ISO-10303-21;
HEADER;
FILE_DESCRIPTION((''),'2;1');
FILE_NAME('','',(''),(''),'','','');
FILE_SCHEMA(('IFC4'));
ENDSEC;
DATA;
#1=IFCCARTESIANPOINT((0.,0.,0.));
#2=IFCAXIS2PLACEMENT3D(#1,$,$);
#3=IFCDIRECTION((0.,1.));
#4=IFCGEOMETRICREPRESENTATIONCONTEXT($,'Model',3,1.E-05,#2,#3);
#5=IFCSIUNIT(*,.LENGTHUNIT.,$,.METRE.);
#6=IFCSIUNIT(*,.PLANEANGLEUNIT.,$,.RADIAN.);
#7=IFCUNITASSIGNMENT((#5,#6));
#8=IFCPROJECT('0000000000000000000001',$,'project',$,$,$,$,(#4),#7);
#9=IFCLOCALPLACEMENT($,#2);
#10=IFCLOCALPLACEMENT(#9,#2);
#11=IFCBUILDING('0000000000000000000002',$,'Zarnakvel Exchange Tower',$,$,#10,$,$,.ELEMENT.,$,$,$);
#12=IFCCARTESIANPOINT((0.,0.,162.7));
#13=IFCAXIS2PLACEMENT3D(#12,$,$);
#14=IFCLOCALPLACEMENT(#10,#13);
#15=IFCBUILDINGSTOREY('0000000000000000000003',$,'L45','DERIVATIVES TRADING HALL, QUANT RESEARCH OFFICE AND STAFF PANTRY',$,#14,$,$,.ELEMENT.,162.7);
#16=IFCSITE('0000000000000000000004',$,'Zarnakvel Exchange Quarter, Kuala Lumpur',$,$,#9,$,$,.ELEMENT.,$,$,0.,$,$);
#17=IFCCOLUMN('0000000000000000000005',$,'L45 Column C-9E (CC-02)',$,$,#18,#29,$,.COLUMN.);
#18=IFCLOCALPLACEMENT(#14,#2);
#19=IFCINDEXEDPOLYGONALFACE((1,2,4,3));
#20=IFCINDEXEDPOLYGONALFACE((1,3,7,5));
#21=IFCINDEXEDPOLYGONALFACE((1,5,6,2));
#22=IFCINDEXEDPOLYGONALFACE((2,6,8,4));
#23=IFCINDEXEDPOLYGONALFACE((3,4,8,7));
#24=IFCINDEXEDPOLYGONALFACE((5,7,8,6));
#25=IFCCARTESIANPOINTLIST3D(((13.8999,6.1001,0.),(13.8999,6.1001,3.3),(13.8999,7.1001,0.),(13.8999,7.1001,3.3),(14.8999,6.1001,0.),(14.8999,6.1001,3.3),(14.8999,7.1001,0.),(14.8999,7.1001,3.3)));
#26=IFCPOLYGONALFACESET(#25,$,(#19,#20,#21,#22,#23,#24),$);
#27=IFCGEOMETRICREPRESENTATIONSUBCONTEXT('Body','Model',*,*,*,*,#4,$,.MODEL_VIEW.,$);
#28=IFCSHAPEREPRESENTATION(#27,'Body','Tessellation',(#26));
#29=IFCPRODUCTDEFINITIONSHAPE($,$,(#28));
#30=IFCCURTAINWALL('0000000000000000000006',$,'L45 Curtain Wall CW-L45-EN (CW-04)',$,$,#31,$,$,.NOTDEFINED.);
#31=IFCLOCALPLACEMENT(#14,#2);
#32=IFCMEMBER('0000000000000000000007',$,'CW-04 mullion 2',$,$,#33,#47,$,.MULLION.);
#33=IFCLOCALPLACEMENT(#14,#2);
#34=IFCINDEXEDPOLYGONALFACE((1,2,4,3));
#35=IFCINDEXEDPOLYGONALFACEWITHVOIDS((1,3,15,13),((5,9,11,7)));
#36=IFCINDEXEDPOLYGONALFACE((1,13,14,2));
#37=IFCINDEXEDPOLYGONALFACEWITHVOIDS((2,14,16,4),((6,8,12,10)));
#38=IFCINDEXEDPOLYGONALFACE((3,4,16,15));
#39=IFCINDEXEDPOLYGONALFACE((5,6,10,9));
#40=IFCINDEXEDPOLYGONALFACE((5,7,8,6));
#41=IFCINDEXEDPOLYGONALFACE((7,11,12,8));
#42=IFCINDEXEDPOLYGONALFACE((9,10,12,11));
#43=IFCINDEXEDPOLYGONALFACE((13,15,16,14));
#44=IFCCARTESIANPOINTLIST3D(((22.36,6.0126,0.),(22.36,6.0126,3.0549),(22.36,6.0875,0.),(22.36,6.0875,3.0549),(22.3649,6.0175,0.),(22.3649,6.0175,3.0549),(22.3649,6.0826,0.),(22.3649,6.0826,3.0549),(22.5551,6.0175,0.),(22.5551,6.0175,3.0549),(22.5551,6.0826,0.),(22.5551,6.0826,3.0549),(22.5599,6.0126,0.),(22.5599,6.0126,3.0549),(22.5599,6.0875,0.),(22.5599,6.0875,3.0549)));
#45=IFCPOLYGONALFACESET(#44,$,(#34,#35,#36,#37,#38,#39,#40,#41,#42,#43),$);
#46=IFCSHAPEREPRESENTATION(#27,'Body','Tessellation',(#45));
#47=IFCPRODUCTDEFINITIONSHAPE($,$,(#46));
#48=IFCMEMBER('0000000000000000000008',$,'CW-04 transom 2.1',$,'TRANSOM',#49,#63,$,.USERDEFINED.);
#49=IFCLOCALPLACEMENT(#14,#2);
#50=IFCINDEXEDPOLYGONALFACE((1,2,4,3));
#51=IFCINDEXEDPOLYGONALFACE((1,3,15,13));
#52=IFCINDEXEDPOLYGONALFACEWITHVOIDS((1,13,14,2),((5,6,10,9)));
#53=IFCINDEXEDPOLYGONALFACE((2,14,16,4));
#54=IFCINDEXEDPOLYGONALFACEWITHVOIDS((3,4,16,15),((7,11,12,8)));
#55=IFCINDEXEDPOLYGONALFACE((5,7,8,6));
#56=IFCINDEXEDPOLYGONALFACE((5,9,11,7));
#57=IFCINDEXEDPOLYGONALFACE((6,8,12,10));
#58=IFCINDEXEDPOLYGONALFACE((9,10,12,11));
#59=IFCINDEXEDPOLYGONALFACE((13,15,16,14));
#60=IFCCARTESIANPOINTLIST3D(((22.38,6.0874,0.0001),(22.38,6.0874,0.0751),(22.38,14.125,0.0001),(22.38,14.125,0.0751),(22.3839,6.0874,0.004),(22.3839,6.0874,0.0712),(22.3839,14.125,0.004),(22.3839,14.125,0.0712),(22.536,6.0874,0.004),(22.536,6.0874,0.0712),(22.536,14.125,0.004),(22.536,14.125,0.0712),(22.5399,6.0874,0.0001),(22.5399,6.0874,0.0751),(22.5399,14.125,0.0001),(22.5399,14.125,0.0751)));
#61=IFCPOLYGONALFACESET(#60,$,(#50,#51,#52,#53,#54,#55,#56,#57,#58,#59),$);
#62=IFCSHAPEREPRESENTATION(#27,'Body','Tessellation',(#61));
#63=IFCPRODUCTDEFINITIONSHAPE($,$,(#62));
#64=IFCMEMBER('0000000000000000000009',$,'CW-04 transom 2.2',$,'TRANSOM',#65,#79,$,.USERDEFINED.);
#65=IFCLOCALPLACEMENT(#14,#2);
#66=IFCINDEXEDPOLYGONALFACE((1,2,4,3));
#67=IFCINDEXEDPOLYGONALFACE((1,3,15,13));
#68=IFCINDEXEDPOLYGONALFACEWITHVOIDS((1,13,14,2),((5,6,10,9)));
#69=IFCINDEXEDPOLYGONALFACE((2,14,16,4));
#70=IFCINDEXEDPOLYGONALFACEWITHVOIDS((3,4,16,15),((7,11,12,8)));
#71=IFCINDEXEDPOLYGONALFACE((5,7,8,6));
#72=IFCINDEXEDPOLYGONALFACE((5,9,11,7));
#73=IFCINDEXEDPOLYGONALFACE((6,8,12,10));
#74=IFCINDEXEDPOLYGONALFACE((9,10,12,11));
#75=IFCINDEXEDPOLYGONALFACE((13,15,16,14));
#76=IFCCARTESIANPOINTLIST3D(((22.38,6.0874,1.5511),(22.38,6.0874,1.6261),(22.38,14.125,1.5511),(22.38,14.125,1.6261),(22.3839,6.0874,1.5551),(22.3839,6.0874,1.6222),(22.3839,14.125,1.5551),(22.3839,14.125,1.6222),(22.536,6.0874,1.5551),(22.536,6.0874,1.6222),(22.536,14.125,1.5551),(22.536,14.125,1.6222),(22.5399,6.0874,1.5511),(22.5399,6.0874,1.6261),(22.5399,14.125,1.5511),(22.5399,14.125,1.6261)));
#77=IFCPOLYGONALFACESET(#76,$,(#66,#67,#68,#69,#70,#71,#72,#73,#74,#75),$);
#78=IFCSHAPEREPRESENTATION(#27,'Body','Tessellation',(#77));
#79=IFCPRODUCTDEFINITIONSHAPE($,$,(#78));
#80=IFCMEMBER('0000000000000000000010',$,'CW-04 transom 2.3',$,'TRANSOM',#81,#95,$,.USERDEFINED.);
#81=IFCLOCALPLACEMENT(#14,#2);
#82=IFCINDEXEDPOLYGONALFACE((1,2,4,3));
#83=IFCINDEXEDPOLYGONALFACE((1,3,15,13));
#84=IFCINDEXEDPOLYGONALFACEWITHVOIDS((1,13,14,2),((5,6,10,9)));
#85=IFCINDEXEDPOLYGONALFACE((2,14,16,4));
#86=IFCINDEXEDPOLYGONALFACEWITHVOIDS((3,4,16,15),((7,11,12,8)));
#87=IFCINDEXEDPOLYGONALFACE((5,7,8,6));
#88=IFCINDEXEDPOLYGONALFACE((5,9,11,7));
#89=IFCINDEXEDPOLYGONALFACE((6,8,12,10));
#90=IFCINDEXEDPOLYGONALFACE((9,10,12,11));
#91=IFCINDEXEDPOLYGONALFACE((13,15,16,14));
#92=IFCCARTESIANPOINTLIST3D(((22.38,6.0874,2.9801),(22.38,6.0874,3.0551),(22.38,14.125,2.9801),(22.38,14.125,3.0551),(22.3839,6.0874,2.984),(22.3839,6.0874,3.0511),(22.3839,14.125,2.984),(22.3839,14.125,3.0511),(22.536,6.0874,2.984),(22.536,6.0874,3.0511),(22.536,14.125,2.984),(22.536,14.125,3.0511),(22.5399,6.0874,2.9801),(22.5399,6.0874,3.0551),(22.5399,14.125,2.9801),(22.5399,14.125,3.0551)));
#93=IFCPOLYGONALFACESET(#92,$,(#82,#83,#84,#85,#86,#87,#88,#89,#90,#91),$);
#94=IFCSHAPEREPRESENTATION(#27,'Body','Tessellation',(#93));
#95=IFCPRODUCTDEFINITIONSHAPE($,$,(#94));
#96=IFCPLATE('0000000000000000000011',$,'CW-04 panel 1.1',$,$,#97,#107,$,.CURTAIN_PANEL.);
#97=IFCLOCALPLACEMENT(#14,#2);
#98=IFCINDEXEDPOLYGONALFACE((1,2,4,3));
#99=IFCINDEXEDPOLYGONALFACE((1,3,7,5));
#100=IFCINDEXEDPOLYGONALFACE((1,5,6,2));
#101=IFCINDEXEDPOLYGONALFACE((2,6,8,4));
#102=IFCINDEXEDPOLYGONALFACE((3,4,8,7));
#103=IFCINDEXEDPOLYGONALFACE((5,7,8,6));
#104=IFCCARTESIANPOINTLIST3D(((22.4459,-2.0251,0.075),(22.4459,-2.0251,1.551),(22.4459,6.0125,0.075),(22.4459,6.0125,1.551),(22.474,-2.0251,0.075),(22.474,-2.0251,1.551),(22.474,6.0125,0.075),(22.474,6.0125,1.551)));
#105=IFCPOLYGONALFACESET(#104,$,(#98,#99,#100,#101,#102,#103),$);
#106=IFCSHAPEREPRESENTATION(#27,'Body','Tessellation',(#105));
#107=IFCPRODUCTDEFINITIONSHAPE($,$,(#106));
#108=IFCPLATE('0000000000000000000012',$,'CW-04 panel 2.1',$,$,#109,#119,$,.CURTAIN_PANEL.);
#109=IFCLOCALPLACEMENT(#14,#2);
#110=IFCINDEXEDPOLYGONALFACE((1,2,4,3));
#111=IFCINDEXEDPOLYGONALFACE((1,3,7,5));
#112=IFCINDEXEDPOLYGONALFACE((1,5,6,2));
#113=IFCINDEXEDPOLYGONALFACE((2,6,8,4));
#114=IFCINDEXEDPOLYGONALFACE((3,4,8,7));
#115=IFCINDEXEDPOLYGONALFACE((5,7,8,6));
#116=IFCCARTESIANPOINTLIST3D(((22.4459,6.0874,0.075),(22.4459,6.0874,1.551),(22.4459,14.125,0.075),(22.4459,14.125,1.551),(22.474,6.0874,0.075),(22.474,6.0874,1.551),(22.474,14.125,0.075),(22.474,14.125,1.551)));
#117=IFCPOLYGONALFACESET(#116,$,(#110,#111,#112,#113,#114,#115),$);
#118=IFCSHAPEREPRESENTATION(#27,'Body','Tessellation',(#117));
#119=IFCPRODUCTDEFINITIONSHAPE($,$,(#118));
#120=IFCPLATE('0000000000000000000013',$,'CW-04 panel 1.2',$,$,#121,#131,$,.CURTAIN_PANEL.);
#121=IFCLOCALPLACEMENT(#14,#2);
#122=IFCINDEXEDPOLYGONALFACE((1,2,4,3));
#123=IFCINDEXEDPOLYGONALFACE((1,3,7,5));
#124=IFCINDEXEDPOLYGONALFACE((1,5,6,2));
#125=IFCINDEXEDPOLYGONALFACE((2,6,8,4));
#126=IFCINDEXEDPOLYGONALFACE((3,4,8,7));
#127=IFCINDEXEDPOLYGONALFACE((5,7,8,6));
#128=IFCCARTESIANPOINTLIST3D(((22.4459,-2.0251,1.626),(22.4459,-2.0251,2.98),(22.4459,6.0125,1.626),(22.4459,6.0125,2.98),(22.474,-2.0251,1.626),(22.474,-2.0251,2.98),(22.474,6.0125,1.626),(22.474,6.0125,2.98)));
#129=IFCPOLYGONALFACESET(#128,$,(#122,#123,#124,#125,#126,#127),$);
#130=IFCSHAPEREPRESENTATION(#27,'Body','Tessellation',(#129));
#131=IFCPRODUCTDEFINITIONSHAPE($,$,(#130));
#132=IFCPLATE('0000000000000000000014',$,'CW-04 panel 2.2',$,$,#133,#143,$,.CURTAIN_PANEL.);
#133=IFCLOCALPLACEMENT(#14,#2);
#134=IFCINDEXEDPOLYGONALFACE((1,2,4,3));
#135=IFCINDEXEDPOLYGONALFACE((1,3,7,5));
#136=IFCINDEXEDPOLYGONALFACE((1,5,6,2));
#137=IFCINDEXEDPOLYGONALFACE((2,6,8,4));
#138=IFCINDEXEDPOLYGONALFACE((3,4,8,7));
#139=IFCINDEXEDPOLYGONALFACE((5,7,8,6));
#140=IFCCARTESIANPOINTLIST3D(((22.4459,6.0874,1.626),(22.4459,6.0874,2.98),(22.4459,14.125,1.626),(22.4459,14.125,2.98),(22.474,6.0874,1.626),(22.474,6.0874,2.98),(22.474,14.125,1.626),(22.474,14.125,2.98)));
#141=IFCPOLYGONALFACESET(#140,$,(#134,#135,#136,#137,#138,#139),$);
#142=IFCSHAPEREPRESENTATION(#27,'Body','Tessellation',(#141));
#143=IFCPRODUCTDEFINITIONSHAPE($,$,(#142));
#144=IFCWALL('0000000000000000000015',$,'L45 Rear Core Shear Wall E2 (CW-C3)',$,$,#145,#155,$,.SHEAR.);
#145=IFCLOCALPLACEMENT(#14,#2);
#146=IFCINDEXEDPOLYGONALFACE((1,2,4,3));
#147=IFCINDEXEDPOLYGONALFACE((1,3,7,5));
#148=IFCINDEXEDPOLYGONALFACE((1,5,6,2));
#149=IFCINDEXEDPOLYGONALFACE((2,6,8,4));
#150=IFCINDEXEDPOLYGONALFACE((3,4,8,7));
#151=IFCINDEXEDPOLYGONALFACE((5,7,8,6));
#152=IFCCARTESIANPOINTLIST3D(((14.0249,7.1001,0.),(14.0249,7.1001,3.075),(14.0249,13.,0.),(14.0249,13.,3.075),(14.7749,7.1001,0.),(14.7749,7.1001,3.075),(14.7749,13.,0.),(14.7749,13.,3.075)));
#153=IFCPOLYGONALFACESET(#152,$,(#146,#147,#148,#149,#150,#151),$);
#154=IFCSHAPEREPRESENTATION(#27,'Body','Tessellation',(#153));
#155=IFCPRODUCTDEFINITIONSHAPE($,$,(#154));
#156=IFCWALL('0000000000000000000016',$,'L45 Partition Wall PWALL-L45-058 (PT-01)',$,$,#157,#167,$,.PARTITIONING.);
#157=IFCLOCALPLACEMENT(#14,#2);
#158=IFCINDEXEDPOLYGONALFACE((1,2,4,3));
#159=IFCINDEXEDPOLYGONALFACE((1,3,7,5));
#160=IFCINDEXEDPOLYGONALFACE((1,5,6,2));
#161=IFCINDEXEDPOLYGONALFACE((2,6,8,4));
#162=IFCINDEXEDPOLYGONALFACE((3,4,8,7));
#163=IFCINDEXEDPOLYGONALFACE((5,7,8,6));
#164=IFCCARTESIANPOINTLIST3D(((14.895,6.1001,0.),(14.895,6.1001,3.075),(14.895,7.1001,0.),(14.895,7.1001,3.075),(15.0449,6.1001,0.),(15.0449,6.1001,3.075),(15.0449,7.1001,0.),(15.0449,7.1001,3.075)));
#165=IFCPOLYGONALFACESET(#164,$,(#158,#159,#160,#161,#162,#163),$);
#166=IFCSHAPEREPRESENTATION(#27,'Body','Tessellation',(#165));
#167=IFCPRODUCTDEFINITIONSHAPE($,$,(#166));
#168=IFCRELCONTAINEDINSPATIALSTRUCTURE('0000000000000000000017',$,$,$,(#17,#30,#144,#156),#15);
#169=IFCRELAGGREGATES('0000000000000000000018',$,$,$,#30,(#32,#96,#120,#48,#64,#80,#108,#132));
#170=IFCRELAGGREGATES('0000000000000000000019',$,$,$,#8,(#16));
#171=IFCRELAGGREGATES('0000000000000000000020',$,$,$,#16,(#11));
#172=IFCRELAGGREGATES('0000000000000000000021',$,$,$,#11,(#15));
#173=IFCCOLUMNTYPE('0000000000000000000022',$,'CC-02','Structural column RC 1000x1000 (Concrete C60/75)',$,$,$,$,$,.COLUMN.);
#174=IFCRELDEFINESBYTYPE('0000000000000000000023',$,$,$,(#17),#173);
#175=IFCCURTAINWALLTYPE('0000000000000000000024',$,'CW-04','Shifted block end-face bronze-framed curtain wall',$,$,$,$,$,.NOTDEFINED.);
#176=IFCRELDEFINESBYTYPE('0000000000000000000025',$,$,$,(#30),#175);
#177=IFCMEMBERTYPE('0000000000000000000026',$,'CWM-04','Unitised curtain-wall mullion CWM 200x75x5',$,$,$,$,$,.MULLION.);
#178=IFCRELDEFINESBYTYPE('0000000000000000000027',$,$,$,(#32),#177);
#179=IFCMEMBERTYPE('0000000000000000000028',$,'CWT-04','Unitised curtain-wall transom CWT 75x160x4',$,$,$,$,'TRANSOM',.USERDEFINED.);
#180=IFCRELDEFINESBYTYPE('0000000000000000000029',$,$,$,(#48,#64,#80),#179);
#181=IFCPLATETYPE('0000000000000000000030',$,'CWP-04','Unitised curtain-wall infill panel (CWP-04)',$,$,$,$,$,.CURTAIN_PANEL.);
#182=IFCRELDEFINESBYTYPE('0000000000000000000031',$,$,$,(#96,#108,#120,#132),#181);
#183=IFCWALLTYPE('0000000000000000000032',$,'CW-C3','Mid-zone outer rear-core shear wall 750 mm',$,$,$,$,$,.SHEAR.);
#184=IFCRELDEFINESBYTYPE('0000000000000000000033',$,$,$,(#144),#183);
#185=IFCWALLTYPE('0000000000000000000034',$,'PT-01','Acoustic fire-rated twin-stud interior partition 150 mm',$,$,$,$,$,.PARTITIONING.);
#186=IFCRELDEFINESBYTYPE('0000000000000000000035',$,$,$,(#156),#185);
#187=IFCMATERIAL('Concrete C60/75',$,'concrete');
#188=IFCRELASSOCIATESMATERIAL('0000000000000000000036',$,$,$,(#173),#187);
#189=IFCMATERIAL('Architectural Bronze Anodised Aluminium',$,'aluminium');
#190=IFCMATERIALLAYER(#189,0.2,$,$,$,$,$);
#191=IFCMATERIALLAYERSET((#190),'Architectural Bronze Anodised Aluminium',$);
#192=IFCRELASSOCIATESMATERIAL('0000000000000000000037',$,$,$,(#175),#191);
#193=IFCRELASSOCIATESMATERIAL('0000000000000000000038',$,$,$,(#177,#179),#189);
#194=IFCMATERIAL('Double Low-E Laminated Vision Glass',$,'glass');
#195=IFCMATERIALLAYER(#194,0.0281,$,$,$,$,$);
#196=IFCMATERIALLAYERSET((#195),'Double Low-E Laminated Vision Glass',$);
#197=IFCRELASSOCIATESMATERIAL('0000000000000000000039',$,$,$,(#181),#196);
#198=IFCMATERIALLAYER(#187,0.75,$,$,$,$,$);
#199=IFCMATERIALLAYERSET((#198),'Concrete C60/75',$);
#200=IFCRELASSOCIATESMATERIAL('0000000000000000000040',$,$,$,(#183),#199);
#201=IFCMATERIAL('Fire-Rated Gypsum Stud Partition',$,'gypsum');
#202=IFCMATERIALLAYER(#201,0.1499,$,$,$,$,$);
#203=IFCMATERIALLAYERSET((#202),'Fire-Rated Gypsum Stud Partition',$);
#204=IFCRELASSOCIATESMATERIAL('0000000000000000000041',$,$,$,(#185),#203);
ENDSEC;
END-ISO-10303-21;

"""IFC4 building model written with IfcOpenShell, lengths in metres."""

from ifc_helpers import new_model, si_unit, direction, frame, frame_2d, origin, origin_2d, place, context, subcontext, project, spatial, rectangle, hollow_rectangle, extrude, source, transform, mapped, material, layer, layer_set, material_profile, profile_set, type_object, element, aggregate, save


model = new_model("IFC4")

# Units and contexts
model_context = context("Model", 3, precision=1e-05, world=origin(), true_north=direction((0.0, 1.0)))
body_context = subcontext(model_context, "Body", "Model", "MODEL_VIEW")
ifc_project = project(units=[si_unit("LENGTHUNIT", "METRE"), si_unit("PLANEANGLEUNIT", "RADIAN")], contexts=[model_context])

# Site, building, storey
site_placement = place(None, origin())
site = spatial("IfcSite", under=ifc_project, at=site_placement, Name="Zarnakvel Exchange Quarter, Kuala Lumpur", CompositionType="ELEMENT", RefElevation=0.0)
building_placement = place(site_placement, origin())
building = spatial("IfcBuilding", under=site, at=building_placement, Name="Zarnakvel Exchange Tower", CompositionType="ELEMENT")
storey_placement = place(building_placement, frame((0.0, 0.0, 162.7)))
storey = spatial("IfcBuildingStorey", under=building, at=storey_placement, Name="L45", Description="DERIVATIVES TRADING HALL, QUANT RESEARCH OFFICE AND STAFF PANTRY", CompositionType="ELEMENT", Elevation=162.7)

# Column
ifc_material_1 = material(Name="Concrete C60/75", Category="concrete")
ifc_material_profile_1 = material_profile(ifc_material_1, rectangle(XDim=1.0, YDim=1.0, at=origin_2d()))
ifc_profile_set_1 = profile_set([ifc_material_profile_1], Name="Concrete C60/75")
column_type = type_object("IfcColumnType", Name="CC-02", Description="Structural column RC 1000x1000 (Concrete C60/75)", PredefinedType="COLUMN", material=ifc_profile_set_1)
column_placement = place(storey_placement, frame((14.3999, 6.6001, 0.0), z_axis=(0.0, 0.0, 1.0), x_axis=(1.0, 0.0, 0.0)))
element("IfcColumn", 1, at=column_placement, inside=storey, type_object=column_type, Name="L45 Column C-9E (CC-02)", PredefinedType="COLUMN", context=body_context, shape_type="SweptSolid", body=[
    extrude(rectangle(XDim=1.0, YDim=1.0, at=origin_2d()), origin(), (0.0, 0.0, 1.0), 3.3),
])

# Curtain wall, members, plates
ifc_material_2 = material(Name="Architectural Bronze Anodised Aluminium", Category="aluminium")
ifc_layer_1 = layer(ifc_material_2, 0.2)
ifc_layer_set_1 = layer_set([ifc_layer_1], Name="Architectural Bronze Anodised Aluminium")
curtain_wall_type = type_object("IfcCurtainWallType", Name="CW-04", Description="Shifted block end-face bronze-framed curtain wall", PredefinedType="NOTDEFINED", material=ifc_layer_set_1)
curtain_wall_placement = place(storey_placement, origin())
curtain_wall = element("IfcCurtainWall", 2, at=curtain_wall_placement, inside=storey, type_object=curtain_wall_type, Name="L45 Curtain Wall CW-L45-EN (CW-04)", PredefinedType="NOTDEFINED")
ifc_material_profile_2 = material_profile(ifc_material_2, hollow_rectangle(XDim=0.2, YDim=0.075, WallThickness=0.0049, at=origin_2d()))
ifc_profile_set_2 = profile_set([ifc_material_profile_2], Name="Architectural Bronze Anodised Aluminium")
member_type_1 = type_object("IfcMemberType", Name="CWM-04", Description="Unitised curtain-wall mullion CWM 200x75x5", PredefinedType="MULLION", material=ifc_profile_set_2)
shared_shape_1 = source(origin(), body_context, "Body", "SweptSolid", [
    extrude(hollow_rectangle(XDim=0.2, YDim=0.075, WallThickness=0.0049, at=origin_2d()), origin(), (0.0, 0.0, 1.0), 3.0549),
])
member_1_placement = place(storey_placement, frame((22.46, 6.05, 0.0), z_axis=(0.0, 0.0, 1.0), x_axis=(-1.0, 0.0, 0.0)))
member_1 = element("IfcMember", 3, at=member_1_placement, type_object=member_type_1, Name="CW-04 mullion 2", PredefinedType="MULLION", context=body_context, shape_type="MappedRepresentation", body=[
    mapped(shared_shape_1, transform((0.0, 0.0, 0.0), x_axis=(1.0, 0.0, 0.0), y_axis=(0.0, 1.0, 0.0), z_axis=(0.0, 0.0, 1.0), scale=1.0)),
])
ifc_material_profile_3 = material_profile(ifc_material_2, hollow_rectangle(XDim=0.1599, YDim=0.075, WallThickness=0.0039, at=origin_2d()))
ifc_profile_set_3 = profile_set([ifc_material_profile_3], Name="Architectural Bronze Anodised Aluminium")
member_type_2 = type_object("IfcMemberType", Name="CWT-04", Description="Unitised curtain-wall transom CWT 75x160x4", ElementType="TRANSOM", PredefinedType="USERDEFINED", material=ifc_profile_set_3)
shared_shape_2 = source(origin(), body_context, "Body", "SweptSolid", [
    extrude(hollow_rectangle(XDim=0.1599, YDim=0.075, WallThickness=0.0039, at=origin_2d()), origin(), (0.0, 0.0, 1.0), 8.0376),
])
member_2_placement = place(storey_placement, frame((22.46, 6.0874, 0.0376), z_axis=(0.0, 1.0, 0.0), x_axis=(-1.0, 0.0, 0.0)))
member_2 = element("IfcMember", 4, at=member_2_placement, type_object=member_type_2, Name="CW-04 transom 2.1", ObjectType="TRANSOM", PredefinedType="USERDEFINED", context=body_context, shape_type="MappedRepresentation", body=[
    mapped(shared_shape_2, transform((0.0, 0.0, 0.0), x_axis=(1.0, 0.0, 0.0), y_axis=(0.0, 1.0, 0.0), z_axis=(0.0, 0.0, 1.0), scale=1.0)),
])
member_3_placement = place(storey_placement, frame((22.46, 6.0874, 1.5886), z_axis=(0.0, 1.0, 0.0), x_axis=(-1.0, 0.0, 0.0)))
member_3 = element("IfcMember", 5, at=member_3_placement, type_object=member_type_2, Name="CW-04 transom 2.2", ObjectType="TRANSOM", PredefinedType="USERDEFINED", context=body_context, shape_type="MappedRepresentation", body=[
    mapped(shared_shape_2, transform((0.0, 0.0, 0.0), x_axis=(1.0, 0.0, 0.0), y_axis=(0.0, 1.0, 0.0), z_axis=(0.0, 0.0, 1.0), scale=1.0)),
])
member_4_placement = place(storey_placement, frame((22.46, 6.0874, 3.0176), z_axis=(0.0, 1.0, 0.0), x_axis=(-1.0, 0.0, 0.0)))
member_4 = element("IfcMember", 6, at=member_4_placement, type_object=member_type_2, Name="CW-04 transom 2.3", ObjectType="TRANSOM", PredefinedType="USERDEFINED", context=body_context, shape_type="MappedRepresentation", body=[
    mapped(shared_shape_2, transform((0.0, 0.0, 0.0), x_axis=(1.0, 0.0, 0.0), y_axis=(0.0, 1.0, 0.0), z_axis=(0.0, 0.0, 1.0), scale=1.0)),
])
ifc_material_3 = material(Name="Double Low-E Laminated Vision Glass", Category="glass")
ifc_layer_2 = layer(ifc_material_3, 0.0281)
ifc_layer_set_2 = layer_set([ifc_layer_2], Name="Double Low-E Laminated Vision Glass")
plate_type = type_object("IfcPlateType", Name="CWP-04", Description="Unitised curtain-wall infill panel (CWP-04)", PredefinedType="CURTAIN_PANEL", material=ifc_layer_set_2)
shared_shape_3 = source(origin(), body_context, "Body", "SweptSolid", [
    extrude(rectangle(XDim=8.0376, YDim=0.0281, at=origin_2d()), origin(), (0.0, 0.0, 1.0), 1.4761),
])
plate_1_placement = place(storey_placement, frame((22.46, 1.9937, 0.075), z_axis=(0.0, 0.0, 1.0), x_axis=(0.0, 1.0, 0.0)))
plate_1 = element("IfcPlate", 7, at=plate_1_placement, type_object=plate_type, Name="CW-04 panel 1.1", PredefinedType="CURTAIN_PANEL", context=body_context, shape_type="MappedRepresentation", body=[
    mapped(shared_shape_3, transform((0.0, 0.0, 0.0), x_axis=(1.0, 0.0, 0.0), y_axis=(0.0, 1.0, 0.0), z_axis=(0.0, 0.0, 1.0), scale=1.0)),
])
plate_2_placement = place(storey_placement, frame((22.46, 10.1062, 0.075), z_axis=(0.0, 0.0, 1.0), x_axis=(0.0, 1.0, 0.0)))
plate_2 = element("IfcPlate", 8, at=plate_2_placement, type_object=plate_type, Name="CW-04 panel 2.1", PredefinedType="CURTAIN_PANEL", context=body_context, shape_type="MappedRepresentation", body=[
    mapped(shared_shape_3, transform((0.0, 0.0, 0.0), x_axis=(1.0, 0.0, 0.0), y_axis=(0.0, 1.0, 0.0), z_axis=(0.0, 0.0, 1.0), scale=1.0)),
])
shared_shape_4 = source(origin(), body_context, "Body", "SweptSolid", [
    extrude(rectangle(XDim=8.0376, YDim=0.0281, at=origin_2d()), origin(), (0.0, 0.0, 1.0), 1.354),
])
plate_3_placement = place(storey_placement, frame((22.46, 1.9937, 1.626), z_axis=(0.0, 0.0, 1.0), x_axis=(0.0, 1.0, 0.0)))
plate_3 = element("IfcPlate", 9, at=plate_3_placement, type_object=plate_type, Name="CW-04 panel 1.2", PredefinedType="CURTAIN_PANEL", context=body_context, shape_type="MappedRepresentation", body=[
    mapped(shared_shape_4, transform((0.0, 0.0, 0.0), x_axis=(1.0, 0.0, 0.0), y_axis=(0.0, 1.0, 0.0), z_axis=(0.0, 0.0, 1.0), scale=1.0)),
])
plate_4_placement = place(storey_placement, frame((22.46, 10.1062, 1.626), z_axis=(0.0, 0.0, 1.0), x_axis=(0.0, 1.0, 0.0)))
plate_4 = element("IfcPlate", 10, at=plate_4_placement, type_object=plate_type, Name="CW-04 panel 2.2", PredefinedType="CURTAIN_PANEL", context=body_context, shape_type="MappedRepresentation", body=[
    mapped(shared_shape_4, transform((0.0, 0.0, 0.0), x_axis=(1.0, 0.0, 0.0), y_axis=(0.0, 1.0, 0.0), z_axis=(0.0, 0.0, 1.0), scale=1.0)),
])
aggregate(curtain_wall, [member_1, plate_1, plate_3, member_2, member_3, member_4, plate_2, plate_4])

# Walls
ifc_layer_3 = layer(ifc_material_1, 0.75)
ifc_layer_set_3 = layer_set([ifc_layer_3], Name="Concrete C60/75")
wall_type_1 = type_object("IfcWallType", Name="CW-C3", Description="Mid-zone outer rear-core shear wall 750 mm", PredefinedType="SHEAR", material=ifc_layer_set_3)
wall_1_placement = place(storey_placement, frame((14.3999, 7.1001, 0.0), z_axis=(0.0, 0.0, 1.0), x_axis=(0.0, 1.0, 0.0)))
element("IfcWall", 11, at=wall_1_placement, inside=storey, type_object=wall_type_1, Name="L45 Rear Core Shear Wall E2 (CW-C3)", PredefinedType="SHEAR", context=body_context, shape_type="SweptSolid", body=[
    extrude(rectangle(XDim=5.8999, YDim=0.75, at=frame_2d((2.95, 0.0))), origin(), (0.0, 0.0, 1.0), 3.075),
])
ifc_material_4 = material(Name="Fire-Rated Gypsum Stud Partition", Category="gypsum")
ifc_layer_4 = layer(ifc_material_4, 0.1499)
ifc_layer_set_4 = layer_set([ifc_layer_4], Name="Fire-Rated Gypsum Stud Partition")
wall_type_2 = type_object("IfcWallType", Name="PT-01", Description="Acoustic fire-rated twin-stud interior partition 150 mm", PredefinedType="PARTITIONING", material=ifc_layer_set_4)
wall_2_placement = place(storey_placement, frame((14.97, 6.1001, 0.0), z_axis=(0.0, 0.0, 1.0), x_axis=(0.0, 1.0, 0.0)))
element("IfcWall", 12, at=wall_2_placement, inside=storey, type_object=wall_type_2, Name="L45 Partition Wall PWALL-L45-058 (PT-01)", PredefinedType="PARTITIONING", context=body_context, shape_type="SweptSolid", body=[
    extrude(rectangle(XDim=1.0, YDim=0.1499, at=frame_2d((0.5, 0.0))), origin(), (0.0, 0.0, 1.0), 3.075),
])

save(model, "model.ifc")
